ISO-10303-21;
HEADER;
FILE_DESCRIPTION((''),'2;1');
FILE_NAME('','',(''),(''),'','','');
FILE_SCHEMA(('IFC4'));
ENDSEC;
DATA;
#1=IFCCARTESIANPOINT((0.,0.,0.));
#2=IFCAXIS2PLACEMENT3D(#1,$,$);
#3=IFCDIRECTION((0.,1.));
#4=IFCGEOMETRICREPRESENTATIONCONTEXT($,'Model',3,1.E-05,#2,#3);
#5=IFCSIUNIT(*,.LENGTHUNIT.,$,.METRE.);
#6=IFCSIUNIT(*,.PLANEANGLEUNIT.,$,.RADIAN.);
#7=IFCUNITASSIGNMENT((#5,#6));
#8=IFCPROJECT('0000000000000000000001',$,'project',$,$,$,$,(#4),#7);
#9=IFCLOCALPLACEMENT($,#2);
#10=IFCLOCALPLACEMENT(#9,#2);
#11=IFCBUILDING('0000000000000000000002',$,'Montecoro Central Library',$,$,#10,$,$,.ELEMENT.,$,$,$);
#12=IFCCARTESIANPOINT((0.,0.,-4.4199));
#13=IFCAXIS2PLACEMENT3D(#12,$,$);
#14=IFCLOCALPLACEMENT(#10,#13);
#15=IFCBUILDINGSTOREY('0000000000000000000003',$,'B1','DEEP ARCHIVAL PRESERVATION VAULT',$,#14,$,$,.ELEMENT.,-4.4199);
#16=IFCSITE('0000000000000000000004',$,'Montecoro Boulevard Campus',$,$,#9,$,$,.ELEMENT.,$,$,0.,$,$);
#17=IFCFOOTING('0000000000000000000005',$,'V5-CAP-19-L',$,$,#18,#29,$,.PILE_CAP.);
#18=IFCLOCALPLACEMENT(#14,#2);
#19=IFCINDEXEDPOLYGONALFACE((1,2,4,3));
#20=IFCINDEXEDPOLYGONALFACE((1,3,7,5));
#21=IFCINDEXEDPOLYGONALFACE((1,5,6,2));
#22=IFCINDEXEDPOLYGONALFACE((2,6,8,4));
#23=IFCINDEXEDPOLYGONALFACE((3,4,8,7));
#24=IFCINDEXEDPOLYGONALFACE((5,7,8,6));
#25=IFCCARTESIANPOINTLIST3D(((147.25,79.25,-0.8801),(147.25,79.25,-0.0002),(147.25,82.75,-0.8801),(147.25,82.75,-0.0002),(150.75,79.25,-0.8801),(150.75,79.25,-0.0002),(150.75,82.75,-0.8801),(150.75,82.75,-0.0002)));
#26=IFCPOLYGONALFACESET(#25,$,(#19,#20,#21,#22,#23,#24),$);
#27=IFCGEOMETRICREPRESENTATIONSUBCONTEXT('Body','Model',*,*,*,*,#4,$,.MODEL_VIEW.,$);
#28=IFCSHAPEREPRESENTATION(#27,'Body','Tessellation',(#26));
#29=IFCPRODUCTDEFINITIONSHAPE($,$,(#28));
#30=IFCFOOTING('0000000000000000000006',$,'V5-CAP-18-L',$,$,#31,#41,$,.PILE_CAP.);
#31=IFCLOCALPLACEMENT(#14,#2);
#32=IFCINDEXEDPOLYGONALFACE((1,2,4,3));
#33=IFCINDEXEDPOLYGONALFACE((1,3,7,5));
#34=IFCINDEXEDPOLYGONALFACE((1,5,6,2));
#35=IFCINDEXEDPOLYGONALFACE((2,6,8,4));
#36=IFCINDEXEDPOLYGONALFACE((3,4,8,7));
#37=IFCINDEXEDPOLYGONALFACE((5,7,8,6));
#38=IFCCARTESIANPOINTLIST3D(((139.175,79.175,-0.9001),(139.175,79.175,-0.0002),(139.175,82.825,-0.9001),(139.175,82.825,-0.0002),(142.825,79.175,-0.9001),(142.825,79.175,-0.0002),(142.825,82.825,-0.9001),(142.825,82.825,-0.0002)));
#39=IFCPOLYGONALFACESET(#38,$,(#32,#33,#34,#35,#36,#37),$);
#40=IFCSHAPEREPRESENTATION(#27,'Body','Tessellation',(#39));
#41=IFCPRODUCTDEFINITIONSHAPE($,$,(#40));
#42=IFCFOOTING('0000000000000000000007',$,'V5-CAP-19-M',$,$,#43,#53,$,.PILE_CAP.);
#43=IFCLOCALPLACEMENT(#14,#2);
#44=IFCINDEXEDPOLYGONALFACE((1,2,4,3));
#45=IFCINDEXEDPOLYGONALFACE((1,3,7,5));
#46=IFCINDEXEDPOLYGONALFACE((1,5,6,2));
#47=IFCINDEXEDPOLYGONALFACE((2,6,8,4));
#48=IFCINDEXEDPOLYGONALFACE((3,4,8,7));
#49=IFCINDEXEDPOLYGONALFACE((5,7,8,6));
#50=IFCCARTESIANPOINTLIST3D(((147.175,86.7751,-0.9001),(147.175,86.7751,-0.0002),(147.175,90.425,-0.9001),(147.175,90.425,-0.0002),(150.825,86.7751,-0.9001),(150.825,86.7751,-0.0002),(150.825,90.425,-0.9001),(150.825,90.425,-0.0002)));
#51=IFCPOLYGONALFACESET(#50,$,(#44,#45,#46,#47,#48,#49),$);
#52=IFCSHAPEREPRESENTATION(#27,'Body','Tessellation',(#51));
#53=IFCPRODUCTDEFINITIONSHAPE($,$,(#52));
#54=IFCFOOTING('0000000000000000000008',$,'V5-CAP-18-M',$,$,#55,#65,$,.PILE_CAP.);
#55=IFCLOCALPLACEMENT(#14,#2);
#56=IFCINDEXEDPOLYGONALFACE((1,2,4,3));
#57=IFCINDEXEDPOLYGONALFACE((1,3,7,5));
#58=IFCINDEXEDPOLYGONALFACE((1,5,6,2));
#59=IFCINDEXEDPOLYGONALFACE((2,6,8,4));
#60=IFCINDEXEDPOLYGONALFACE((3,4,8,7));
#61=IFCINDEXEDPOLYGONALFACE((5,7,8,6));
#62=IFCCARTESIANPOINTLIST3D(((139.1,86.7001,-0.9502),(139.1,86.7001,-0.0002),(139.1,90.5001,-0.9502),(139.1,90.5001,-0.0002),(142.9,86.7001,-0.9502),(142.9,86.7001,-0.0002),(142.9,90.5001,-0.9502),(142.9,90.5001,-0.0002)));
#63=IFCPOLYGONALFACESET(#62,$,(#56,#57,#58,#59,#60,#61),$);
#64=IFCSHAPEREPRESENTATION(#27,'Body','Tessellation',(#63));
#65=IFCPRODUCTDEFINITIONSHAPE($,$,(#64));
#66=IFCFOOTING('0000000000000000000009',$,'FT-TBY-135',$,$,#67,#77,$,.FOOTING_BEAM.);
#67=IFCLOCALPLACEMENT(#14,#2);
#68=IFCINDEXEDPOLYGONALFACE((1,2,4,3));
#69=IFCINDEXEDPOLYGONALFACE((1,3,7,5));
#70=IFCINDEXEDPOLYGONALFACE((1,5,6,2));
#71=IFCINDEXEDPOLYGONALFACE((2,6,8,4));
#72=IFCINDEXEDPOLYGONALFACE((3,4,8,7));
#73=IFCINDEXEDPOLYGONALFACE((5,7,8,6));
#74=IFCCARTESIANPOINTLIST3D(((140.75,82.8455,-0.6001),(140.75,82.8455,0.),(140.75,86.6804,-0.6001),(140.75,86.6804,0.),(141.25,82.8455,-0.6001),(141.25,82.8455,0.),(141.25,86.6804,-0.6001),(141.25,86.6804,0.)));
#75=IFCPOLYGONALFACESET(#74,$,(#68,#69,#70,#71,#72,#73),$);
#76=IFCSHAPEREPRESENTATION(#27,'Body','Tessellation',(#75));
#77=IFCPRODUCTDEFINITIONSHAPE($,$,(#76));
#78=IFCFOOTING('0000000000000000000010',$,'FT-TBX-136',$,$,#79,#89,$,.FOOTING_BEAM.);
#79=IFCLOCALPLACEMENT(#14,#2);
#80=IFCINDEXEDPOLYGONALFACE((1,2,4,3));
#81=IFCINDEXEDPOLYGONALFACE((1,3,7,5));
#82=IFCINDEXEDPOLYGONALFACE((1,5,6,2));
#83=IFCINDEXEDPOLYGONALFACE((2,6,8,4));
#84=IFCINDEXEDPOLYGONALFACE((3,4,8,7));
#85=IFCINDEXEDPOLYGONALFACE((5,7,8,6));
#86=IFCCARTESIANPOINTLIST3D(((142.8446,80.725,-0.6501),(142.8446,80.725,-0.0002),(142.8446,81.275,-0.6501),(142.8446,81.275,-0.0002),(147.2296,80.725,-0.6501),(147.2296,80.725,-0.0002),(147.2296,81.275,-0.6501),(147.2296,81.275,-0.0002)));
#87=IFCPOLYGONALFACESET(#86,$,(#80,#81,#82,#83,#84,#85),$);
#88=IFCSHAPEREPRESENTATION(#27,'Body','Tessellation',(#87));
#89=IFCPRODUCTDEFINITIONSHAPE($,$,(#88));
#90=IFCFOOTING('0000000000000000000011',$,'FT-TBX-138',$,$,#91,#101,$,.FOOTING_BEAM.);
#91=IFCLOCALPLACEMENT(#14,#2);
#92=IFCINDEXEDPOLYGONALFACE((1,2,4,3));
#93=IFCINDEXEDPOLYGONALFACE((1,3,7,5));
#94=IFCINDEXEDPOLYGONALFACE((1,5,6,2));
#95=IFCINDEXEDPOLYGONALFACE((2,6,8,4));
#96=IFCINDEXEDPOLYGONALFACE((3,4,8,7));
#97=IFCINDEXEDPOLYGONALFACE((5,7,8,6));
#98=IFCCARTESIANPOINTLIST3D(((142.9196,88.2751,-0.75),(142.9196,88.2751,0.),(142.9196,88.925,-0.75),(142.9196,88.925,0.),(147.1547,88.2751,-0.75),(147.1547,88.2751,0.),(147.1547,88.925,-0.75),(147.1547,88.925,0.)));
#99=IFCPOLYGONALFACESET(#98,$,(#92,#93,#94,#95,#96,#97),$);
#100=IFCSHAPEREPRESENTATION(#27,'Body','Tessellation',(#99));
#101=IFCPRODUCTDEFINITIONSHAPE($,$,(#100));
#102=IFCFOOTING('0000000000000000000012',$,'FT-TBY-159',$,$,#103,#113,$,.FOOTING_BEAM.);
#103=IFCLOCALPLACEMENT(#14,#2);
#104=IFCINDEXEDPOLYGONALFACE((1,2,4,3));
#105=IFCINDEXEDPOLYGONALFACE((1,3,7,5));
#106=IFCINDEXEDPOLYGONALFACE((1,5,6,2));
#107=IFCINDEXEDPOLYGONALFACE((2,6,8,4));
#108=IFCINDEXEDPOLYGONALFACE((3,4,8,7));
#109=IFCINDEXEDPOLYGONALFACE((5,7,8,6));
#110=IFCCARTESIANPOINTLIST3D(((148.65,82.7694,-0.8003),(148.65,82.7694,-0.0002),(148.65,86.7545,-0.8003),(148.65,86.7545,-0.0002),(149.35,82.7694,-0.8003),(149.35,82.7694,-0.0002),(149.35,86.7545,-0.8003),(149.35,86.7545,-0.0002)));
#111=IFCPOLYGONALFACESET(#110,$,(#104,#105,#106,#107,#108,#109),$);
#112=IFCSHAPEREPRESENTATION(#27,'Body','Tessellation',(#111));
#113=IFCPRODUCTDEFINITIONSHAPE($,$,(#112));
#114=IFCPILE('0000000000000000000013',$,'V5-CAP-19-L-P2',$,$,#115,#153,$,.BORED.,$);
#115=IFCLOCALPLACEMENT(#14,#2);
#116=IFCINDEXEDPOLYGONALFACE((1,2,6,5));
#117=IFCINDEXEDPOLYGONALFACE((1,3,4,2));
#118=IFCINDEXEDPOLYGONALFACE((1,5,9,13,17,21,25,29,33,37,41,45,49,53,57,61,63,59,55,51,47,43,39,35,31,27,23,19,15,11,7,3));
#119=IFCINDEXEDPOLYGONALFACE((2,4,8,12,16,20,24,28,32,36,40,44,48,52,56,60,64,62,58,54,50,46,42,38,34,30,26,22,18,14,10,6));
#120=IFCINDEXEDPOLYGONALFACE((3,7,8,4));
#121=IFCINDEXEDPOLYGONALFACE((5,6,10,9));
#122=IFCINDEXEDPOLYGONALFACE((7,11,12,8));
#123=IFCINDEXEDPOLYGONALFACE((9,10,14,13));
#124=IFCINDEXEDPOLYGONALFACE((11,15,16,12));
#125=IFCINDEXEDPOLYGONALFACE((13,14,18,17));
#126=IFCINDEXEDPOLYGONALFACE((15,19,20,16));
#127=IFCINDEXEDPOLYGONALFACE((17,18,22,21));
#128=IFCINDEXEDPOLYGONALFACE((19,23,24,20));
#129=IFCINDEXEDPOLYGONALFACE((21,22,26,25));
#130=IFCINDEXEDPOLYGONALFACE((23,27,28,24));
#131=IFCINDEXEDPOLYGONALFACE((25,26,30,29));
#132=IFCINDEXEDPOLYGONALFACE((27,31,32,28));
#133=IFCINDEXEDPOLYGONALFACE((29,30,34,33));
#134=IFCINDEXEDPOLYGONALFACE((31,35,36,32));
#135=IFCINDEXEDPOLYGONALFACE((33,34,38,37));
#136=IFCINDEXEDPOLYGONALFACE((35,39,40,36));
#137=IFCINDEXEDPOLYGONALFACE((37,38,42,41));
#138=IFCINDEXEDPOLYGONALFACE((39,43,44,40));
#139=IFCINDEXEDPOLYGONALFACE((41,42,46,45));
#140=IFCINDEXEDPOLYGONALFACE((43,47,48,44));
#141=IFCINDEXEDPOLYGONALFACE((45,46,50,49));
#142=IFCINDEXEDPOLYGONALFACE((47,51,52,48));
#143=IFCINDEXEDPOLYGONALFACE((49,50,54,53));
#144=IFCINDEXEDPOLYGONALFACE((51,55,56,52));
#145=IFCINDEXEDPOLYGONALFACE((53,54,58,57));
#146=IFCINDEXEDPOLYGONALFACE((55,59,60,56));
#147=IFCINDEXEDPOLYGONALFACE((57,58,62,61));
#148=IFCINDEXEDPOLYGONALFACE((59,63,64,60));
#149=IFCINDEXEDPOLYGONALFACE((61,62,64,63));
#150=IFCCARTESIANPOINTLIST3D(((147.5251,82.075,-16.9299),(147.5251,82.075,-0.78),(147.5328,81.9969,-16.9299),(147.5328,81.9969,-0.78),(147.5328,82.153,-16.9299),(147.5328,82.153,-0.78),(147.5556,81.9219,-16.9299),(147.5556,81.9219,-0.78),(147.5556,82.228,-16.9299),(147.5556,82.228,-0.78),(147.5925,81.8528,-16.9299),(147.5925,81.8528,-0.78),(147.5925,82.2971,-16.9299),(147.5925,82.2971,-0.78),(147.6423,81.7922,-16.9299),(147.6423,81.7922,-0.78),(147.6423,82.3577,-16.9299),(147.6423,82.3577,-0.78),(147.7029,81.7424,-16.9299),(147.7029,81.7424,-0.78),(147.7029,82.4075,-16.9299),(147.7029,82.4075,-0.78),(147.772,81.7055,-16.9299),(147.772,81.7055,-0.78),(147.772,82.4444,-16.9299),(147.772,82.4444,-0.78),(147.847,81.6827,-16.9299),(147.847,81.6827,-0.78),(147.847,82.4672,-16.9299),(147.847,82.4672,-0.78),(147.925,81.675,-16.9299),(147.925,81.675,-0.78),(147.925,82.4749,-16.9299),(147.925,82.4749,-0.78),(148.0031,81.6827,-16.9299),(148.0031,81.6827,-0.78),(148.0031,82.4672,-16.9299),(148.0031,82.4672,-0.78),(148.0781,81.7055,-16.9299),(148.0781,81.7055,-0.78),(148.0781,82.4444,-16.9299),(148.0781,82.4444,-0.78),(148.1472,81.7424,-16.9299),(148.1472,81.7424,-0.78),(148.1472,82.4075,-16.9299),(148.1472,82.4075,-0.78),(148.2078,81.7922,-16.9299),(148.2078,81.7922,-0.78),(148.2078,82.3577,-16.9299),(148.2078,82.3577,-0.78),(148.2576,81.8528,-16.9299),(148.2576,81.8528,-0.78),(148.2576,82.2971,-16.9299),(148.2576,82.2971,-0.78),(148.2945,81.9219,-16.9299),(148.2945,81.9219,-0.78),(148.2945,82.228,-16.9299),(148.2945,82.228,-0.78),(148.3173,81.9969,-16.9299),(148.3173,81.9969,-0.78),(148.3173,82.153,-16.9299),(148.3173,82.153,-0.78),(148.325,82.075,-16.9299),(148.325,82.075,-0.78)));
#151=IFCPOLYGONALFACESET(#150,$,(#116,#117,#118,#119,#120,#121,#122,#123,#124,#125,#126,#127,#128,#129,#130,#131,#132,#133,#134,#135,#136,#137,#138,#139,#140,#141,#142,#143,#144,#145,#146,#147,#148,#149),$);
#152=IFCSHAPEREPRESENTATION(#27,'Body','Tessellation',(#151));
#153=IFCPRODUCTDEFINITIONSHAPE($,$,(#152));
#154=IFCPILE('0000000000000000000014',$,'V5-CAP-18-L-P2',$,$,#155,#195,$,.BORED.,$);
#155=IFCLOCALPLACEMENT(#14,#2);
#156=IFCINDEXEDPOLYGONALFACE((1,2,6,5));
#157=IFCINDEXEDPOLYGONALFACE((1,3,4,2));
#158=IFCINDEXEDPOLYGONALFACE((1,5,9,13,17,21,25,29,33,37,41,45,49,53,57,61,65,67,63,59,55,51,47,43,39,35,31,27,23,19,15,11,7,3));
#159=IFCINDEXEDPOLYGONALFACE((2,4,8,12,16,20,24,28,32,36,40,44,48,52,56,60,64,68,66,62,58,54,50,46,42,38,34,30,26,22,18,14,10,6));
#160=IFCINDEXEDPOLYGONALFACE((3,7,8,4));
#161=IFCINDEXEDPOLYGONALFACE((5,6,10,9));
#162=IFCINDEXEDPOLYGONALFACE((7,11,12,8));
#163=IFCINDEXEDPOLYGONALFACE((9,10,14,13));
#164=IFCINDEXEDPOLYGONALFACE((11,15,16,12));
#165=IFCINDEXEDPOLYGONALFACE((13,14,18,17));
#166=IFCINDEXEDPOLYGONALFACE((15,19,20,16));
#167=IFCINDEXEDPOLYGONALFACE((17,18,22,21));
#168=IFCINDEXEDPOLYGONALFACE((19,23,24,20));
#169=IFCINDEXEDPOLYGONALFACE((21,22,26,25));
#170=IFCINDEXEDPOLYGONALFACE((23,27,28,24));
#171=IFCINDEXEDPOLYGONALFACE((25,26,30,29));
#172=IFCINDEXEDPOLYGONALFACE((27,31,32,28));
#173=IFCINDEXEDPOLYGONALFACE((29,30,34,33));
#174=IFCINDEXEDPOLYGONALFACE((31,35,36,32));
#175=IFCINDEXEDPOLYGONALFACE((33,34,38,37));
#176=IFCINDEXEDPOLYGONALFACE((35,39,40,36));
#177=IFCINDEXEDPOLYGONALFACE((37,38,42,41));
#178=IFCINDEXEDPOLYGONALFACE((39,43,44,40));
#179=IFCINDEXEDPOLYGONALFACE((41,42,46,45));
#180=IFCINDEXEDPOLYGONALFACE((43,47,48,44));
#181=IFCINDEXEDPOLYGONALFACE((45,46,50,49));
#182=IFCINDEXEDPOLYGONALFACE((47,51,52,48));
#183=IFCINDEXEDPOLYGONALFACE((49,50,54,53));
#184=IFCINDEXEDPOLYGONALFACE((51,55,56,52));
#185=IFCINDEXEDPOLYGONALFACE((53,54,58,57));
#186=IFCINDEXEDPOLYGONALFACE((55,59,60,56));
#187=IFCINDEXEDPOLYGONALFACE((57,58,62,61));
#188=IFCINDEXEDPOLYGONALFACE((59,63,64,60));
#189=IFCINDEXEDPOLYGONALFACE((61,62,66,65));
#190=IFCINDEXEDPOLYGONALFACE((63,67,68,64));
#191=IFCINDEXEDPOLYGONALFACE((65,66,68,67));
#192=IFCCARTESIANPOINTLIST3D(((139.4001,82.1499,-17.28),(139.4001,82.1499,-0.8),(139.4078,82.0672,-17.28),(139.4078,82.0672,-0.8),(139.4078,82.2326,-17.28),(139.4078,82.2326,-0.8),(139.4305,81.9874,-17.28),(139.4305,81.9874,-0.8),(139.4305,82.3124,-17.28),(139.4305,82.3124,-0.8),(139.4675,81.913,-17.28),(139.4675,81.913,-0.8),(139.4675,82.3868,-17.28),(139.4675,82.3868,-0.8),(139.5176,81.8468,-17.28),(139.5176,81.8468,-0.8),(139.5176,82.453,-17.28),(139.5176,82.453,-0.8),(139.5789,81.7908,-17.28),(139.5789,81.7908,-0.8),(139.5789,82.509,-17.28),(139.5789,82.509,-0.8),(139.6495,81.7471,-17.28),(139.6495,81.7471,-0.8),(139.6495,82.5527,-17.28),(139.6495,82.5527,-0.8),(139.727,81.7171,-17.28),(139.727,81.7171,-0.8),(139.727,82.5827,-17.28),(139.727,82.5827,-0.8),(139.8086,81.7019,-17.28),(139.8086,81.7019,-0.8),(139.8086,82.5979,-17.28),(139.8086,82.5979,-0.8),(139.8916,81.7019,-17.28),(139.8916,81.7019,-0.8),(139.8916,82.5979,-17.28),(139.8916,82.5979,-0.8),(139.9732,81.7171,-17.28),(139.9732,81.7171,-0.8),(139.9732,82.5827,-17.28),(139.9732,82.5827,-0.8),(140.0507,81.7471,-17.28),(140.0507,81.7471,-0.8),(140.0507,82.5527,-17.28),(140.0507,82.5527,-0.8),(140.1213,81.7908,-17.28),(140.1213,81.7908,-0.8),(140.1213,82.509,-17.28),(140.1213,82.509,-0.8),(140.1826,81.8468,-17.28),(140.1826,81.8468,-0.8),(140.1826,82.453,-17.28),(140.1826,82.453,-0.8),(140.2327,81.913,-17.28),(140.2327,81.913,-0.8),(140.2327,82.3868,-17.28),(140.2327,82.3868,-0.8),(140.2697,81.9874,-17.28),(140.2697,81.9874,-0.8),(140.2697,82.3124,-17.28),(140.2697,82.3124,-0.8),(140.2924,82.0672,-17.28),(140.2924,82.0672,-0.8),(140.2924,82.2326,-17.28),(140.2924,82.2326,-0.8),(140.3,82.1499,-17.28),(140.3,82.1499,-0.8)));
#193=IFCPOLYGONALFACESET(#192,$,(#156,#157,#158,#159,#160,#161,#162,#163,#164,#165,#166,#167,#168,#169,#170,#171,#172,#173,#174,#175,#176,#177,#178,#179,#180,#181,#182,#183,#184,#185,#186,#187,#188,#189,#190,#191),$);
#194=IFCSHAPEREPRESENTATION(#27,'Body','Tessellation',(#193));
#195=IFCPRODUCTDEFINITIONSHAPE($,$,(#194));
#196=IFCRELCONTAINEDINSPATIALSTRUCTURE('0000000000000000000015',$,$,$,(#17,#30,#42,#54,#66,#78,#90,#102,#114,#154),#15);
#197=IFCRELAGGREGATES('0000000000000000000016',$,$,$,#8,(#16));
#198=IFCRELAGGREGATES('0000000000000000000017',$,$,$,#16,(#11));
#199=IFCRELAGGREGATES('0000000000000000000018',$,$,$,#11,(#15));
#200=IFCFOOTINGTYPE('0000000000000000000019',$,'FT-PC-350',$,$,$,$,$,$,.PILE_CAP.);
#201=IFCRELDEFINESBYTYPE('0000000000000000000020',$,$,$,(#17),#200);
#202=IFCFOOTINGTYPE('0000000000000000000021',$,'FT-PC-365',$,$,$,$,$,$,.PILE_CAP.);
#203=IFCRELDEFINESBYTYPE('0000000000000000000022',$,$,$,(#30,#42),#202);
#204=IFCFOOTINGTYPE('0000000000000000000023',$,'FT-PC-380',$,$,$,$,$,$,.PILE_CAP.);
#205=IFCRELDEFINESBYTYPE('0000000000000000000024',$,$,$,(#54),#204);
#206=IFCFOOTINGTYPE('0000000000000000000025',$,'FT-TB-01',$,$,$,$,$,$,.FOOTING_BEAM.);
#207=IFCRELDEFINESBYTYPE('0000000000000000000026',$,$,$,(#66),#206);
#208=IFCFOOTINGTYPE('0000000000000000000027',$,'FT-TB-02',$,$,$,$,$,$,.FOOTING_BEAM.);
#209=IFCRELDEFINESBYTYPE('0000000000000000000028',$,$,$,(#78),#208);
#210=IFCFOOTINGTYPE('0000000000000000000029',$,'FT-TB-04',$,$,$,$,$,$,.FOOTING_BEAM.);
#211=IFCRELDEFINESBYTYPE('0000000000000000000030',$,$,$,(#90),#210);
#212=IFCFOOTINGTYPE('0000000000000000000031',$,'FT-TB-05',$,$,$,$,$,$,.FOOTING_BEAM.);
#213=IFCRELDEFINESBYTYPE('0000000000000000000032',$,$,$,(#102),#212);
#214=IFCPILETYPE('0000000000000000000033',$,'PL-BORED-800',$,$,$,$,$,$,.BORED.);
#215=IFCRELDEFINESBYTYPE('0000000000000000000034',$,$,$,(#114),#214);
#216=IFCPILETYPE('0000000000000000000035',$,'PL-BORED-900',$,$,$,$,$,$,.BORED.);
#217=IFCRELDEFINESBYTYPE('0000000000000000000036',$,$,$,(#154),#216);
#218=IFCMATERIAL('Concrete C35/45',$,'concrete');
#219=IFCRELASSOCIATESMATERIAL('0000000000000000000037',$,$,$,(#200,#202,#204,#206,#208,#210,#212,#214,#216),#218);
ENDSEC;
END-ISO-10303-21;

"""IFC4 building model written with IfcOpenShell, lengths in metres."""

from ifc_helpers import new_model, si_unit, direction, frame, origin, origin_2d, place, context, subcontext, project, spatial, rectangle, circle, extrude, material, material_profile, profile_set, type_object, element, save


model = new_model("IFC4")

# Units and contexts
model_context = context("Model", 3, precision=1e-05, world=origin(), true_north=direction((0.0, 1.0)))
body_context = subcontext(model_context, "Body", "Model", "MODEL_VIEW")
ifc_project = project(units=[si_unit("LENGTHUNIT", "METRE"), si_unit("PLANEANGLEUNIT", "RADIAN")], contexts=[model_context])

# Site, building, storey
site_placement = place(None, origin())
site = spatial("IfcSite", under=ifc_project, at=site_placement, Name="Montecoro Boulevard Campus", CompositionType="ELEMENT", RefElevation=0.0)
building_placement = place(site_placement, origin())
building = spatial("IfcBuilding", under=site, at=building_placement, Name="Montecoro Central Library", CompositionType="ELEMENT")
storey_placement = place(building_placement, frame((0.0, 0.0, -4.4199)))
storey = spatial("IfcBuildingStorey", under=building, at=storey_placement, Name="B1", Description="DEEP ARCHIVAL PRESERVATION VAULT", CompositionType="ELEMENT", Elevation=-4.4199)

# Footings
ifc_material_1 = material(Name="Concrete C35/45", Category="concrete")
footing_type_1 = type_object("IfcFootingType", Name="FT-PC-350", PredefinedType="PILE_CAP", material=ifc_material_1)
footing_1_placement = place(storey_placement, frame((149.0, 81.0, -0.8801), z_axis=(0.0, 0.0, 1.0), x_axis=(1.0, 0.0, 0.0)))
element("IfcFooting", 1, at=footing_1_placement, inside=storey, type_object=footing_type_1, Name="V5-CAP-19-L", PredefinedType="PILE_CAP", context=body_context, shape_type="SweptSolid", body=[
    extrude(rectangle(XDim=3.5, YDim=3.5, at=origin_2d()), origin(), (0.0, 0.0, 1.0), 0.8799),
])
footing_type_2 = type_object("IfcFootingType", Name="FT-PC-365", PredefinedType="PILE_CAP", material=ifc_material_1)
for number, where, z_axis, x_axis, name in (
    (2, (141.0, 81.0, -0.9001), (0.0, 0.0, 1.0), (1.0, 0.0, 0.0), "V5-CAP-18-L"),
    (3, (149.0, 88.6001, -0.9001), (0.0, 0.0, 1.0), (1.0, 0.0, 0.0), "V5-CAP-19-M"),
):
    element("IfcFooting", number, at=place(storey_placement, frame(where, z_axis=z_axis, x_axis=x_axis)), inside=storey, type_object=footing_type_2, Name=name, PredefinedType="PILE_CAP", context=body_context, shape_type="SweptSolid", body=[
        extrude(rectangle(XDim=3.6499, YDim=3.6499, at=origin_2d()), origin(), (0.0, 0.0, 1.0), 0.8999),
    ])
footing_type_3 = type_object("IfcFootingType", Name="FT-PC-380", PredefinedType="PILE_CAP", material=ifc_material_1)
footing_2_placement = place(storey_placement, frame((141.0, 88.6001, -0.9502), z_axis=(0.0, 0.0, 1.0), x_axis=(1.0, 0.0, 0.0)))
element("IfcFooting", 4, at=footing_2_placement, inside=storey, type_object=footing_type_3, Name="V5-CAP-18-M", PredefinedType="PILE_CAP", context=body_context, shape_type="SweptSolid", body=[
    extrude(rectangle(XDim=3.8, YDim=3.8, at=origin_2d()), origin(), (0.0, 0.0, 1.0), 0.95),
])
footing_type_4 = type_object("IfcFootingType", Name="FT-TB-01", PredefinedType="FOOTING_BEAM", material=ifc_material_1)
footing_3_placement = place(storey_placement, frame((141.0, 84.7629, -0.6001), z_axis=(0.0, 0.0, 1.0), x_axis=(1.0, 0.0, 0.0)))
element("IfcFooting", 5, at=footing_3_placement, inside=storey, type_object=footing_type_4, Name="FT-TBY-135", PredefinedType="FOOTING_BEAM", context=body_context, shape_type="SweptSolid", body=[
    extrude(rectangle(XDim=0.5, YDim=3.835, at=origin_2d()), origin(), (0.0, 0.0, 1.0), 0.6001),
])
footing_type_5 = type_object("IfcFootingType", Name="FT-TB-02", PredefinedType="FOOTING_BEAM", material=ifc_material_1)
footing_4_placement = place(storey_placement, frame((145.0371, 81.0, -0.6501), z_axis=(0.0, 0.0, 1.0), x_axis=(1.0, 0.0, 0.0)))
element("IfcFooting", 6, at=footing_4_placement, inside=storey, type_object=footing_type_5, Name="FT-TBX-136", PredefinedType="FOOTING_BEAM", context=body_context, shape_type="SweptSolid", body=[
    extrude(rectangle(XDim=4.385, YDim=0.55, at=origin_2d()), origin(), (0.0, 0.0, 1.0), 0.6499),
])
footing_type_6 = type_object("IfcFootingType", Name="FT-TB-04", PredefinedType="FOOTING_BEAM", material=ifc_material_1)
footing_5_placement = place(storey_placement, frame((145.0371, 88.6001, -0.75), z_axis=(0.0, 0.0, 1.0), x_axis=(1.0, 0.0, 0.0)))
element("IfcFooting", 7, at=footing_5_placement, inside=storey, type_object=footing_type_6, Name="FT-TBX-138", PredefinedType="FOOTING_BEAM", context=body_context, shape_type="SweptSolid", body=[
    extrude(rectangle(XDim=4.2351, YDim=0.6499, at=origin_2d()), origin(), (0.0, 0.0, 1.0), 0.75),
])
footing_type_7 = type_object("IfcFootingType", Name="FT-TB-05", PredefinedType="FOOTING_BEAM", material=ifc_material_1)
footing_6_placement = place(storey_placement, frame((149.0, 84.762, -0.8003), z_axis=(0.0, 0.0, 1.0), x_axis=(1.0, 0.0, 0.0)))
element("IfcFooting", 8, at=footing_6_placement, inside=storey, type_object=footing_type_7, Name="FT-TBY-159", PredefinedType="FOOTING_BEAM", context=body_context, shape_type="SweptSolid", body=[
    extrude(rectangle(XDim=0.7, YDim=3.9851, at=origin_2d()), origin(), (0.0, 0.0, 1.0), 0.8),
])

# Piles
ifc_material_profile_1 = material_profile(ifc_material_1, circle(Radius=0.3999, at=origin_2d()), Name="PILE D800")
ifc_profile_set_1 = profile_set([ifc_material_profile_1], Name="Concrete C35/45")
pile_type_1 = type_object("IfcPileType", Name="PL-BORED-800", PredefinedType="BORED", material=ifc_profile_set_1)
pile_1_placement = place(storey_placement, frame((147.925, 82.075, -0.78), z_axis=(0.0, 0.0, -1.0), x_axis=(1.0, 0.0, 0.0)))
element("IfcPile", 9, at=pile_1_placement, inside=storey, type_object=pile_type_1, Name="V5-CAP-19-L-P2", PredefinedType="BORED", context=body_context, shape_type="SweptSolid", body=[
    extrude(circle(Radius=0.3999, at=origin_2d()), origin(), (0.0, 0.0, 1.0), 16.1499),
])
ifc_material_profile_2 = material_profile(ifc_material_1, circle(Radius=0.45, at=origin_2d()), Name="PILE D900")
ifc_profile_set_2 = profile_set([ifc_material_profile_2], Name="Concrete C35/45")
pile_type_2 = type_object("IfcPileType", Name="PL-BORED-900", PredefinedType="BORED", material=ifc_profile_set_2)
for number, where, z_axis, x_axis, name in (
    (10, (139.8501, 82.1499, -0.8), (0.0, 0.0, -1.0), (1.0, 0.0, 0.0), "V5-CAP-18-L-P2"),
):
    element("IfcPile", number, at=place(storey_placement, frame(where, z_axis=z_axis, x_axis=x_axis)), inside=storey, type_object=pile_type_2, Name=name, PredefinedType="BORED", context=body_context, shape_type="SweptSolid", body=[
        extrude(circle(Radius=0.45, at=origin_2d()), origin(), (0.0, 0.0, 1.0), 16.48),
    ])

save(model, "model.ifc")
